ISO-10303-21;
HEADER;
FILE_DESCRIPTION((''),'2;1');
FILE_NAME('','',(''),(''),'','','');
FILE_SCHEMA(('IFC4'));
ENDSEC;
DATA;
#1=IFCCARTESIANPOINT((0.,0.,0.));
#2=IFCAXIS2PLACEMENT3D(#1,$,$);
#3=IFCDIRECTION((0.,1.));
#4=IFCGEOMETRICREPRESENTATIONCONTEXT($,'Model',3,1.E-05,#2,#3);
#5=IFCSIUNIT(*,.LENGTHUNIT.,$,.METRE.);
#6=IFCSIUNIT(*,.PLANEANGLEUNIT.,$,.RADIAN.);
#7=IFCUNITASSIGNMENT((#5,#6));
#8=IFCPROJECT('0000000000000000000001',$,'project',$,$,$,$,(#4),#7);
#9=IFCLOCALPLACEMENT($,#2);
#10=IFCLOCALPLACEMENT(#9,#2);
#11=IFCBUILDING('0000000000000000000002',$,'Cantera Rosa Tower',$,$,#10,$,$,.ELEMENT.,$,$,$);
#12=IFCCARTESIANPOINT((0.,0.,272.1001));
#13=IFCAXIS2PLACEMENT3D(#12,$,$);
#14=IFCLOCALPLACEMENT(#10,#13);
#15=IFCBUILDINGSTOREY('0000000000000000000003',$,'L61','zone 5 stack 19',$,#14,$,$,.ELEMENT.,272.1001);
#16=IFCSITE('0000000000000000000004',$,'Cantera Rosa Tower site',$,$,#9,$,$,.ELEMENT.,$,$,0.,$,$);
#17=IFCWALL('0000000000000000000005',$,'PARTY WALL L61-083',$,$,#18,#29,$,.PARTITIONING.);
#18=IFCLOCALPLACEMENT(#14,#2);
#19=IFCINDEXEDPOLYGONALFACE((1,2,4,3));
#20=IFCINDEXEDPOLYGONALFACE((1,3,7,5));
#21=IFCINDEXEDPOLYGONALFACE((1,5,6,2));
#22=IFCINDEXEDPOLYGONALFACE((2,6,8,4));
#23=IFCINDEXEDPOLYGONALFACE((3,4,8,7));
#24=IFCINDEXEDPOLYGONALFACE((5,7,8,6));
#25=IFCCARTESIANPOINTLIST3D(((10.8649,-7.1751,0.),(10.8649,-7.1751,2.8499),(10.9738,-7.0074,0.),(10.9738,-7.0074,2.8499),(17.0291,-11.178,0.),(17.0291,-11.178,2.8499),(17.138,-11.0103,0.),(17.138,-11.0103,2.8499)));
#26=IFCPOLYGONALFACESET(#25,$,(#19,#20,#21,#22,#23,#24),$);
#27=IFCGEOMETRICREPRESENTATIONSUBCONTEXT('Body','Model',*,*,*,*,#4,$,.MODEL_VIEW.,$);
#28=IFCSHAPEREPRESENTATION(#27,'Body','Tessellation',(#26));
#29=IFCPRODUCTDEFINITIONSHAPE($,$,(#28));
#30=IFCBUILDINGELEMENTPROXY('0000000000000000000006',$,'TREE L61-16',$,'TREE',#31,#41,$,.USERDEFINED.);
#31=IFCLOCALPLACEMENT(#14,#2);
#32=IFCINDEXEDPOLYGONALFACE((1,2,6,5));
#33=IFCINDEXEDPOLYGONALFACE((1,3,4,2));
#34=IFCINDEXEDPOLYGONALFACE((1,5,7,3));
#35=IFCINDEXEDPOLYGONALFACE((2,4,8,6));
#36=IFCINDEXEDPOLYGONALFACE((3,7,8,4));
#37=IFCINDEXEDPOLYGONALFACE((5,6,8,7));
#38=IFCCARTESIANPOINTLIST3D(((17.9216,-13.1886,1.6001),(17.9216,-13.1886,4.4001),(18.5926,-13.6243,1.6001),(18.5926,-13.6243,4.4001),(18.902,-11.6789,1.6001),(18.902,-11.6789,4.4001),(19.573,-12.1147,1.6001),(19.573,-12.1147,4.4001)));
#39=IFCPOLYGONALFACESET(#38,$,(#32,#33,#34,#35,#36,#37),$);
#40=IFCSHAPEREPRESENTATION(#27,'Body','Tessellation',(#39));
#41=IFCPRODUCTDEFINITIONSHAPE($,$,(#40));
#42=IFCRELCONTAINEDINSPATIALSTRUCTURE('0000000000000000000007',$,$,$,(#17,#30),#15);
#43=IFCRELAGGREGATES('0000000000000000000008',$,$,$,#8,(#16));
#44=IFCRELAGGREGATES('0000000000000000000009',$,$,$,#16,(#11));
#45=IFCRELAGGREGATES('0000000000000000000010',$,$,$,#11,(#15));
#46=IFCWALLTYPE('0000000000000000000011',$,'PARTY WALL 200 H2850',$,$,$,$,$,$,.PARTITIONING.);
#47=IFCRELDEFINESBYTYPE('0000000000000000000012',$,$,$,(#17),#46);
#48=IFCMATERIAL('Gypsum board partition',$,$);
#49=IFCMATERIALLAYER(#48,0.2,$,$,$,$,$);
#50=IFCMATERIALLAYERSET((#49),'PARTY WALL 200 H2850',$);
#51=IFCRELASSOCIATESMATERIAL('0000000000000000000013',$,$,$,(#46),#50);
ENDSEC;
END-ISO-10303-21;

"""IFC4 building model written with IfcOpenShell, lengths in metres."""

from ifc_helpers import new_model, si_unit, direction, frame, frame_2d, origin, origin_2d, place, context, subcontext, project, spatial, rectangle, extrude, material, layer, layer_set, type_object, element, save


model = new_model("IFC4")

# Units and contexts
model_context = context("Model", 3, precision=1e-05, world=origin(), true_north=direction((0.0, 1.0)))
body_context = subcontext(model_context, "Body", "Model", "MODEL_VIEW")
ifc_project = project(units=[si_unit("LENGTHUNIT", "METRE"), si_unit("PLANEANGLEUNIT", "RADIAN")], contexts=[model_context])

# Site, building, storey
site_placement = place(None, origin())
site = spatial("IfcSite", under=ifc_project, at=site_placement, Name="Cantera Rosa Tower site", CompositionType="ELEMENT", RefElevation=0.0)
building_placement = place(site_placement, origin())
building = spatial("IfcBuilding", under=site, at=building_placement, Name="Cantera Rosa Tower", CompositionType="ELEMENT")
storey_placement = place(building_placement, frame((0.0, 0.0, 272.1001)))
storey = spatial("IfcBuildingStorey", under=building, at=storey_placement, Name="L61", Description="zone 5 stack 19", CompositionType="ELEMENT", Elevation=272.1001)

# Wall
ifc_material_1 = material(Name="Gypsum board partition")
ifc_layer_1 = layer(ifc_material_1, 0.2)
ifc_layer_set_1 = layer_set([ifc_layer_1], Name="PARTY WALL 200 H2850")
wall_type_1 = type_object("IfcWallType", Name="PARTY WALL 200 H2850", PredefinedType="PARTITIONING", material=ifc_layer_set_1)
wall_1_placement = place(storey_placement, frame((10.9194, -7.0913, 0.0), z_axis=(0.0, 0.0, 1.0), x_axis=(0.838684, -0.544618, 0.0)))
element("IfcWall", 1, at=wall_1_placement, inside=storey, type_object=wall_type_1, Name="PARTY WALL L61-083", PredefinedType="PARTITIONING", context=body_context, shape_type="SweptSolid", body=[
    extrude(rectangle(XDim=7.3499, YDim=0.2, at=frame_2d((3.6748, 0.0))), origin(), (0.0, 0.0, 1.0), 2.8499),
])

# Building element proxy
proxy_placement = place(storey_placement, frame((18.7473, -12.6516, 1.6001), z_axis=(0.0, 0.0, 1.0), x_axis=(0.544639, 0.838671, 0.0)))
element("IfcBuildingElementProxy", 2, at=proxy_placement, inside=storey, Name="TREE L61-16", ObjectType="TREE", PredefinedType="USERDEFINED", context=body_context, shape_type="SweptSolid", body=[
    extrude(rectangle(XDim=1.8, YDim=0.8, at=origin_2d()), origin(), (0.0, 0.0, 1.0), 2.8),
])

save(model, "model.ifc")
